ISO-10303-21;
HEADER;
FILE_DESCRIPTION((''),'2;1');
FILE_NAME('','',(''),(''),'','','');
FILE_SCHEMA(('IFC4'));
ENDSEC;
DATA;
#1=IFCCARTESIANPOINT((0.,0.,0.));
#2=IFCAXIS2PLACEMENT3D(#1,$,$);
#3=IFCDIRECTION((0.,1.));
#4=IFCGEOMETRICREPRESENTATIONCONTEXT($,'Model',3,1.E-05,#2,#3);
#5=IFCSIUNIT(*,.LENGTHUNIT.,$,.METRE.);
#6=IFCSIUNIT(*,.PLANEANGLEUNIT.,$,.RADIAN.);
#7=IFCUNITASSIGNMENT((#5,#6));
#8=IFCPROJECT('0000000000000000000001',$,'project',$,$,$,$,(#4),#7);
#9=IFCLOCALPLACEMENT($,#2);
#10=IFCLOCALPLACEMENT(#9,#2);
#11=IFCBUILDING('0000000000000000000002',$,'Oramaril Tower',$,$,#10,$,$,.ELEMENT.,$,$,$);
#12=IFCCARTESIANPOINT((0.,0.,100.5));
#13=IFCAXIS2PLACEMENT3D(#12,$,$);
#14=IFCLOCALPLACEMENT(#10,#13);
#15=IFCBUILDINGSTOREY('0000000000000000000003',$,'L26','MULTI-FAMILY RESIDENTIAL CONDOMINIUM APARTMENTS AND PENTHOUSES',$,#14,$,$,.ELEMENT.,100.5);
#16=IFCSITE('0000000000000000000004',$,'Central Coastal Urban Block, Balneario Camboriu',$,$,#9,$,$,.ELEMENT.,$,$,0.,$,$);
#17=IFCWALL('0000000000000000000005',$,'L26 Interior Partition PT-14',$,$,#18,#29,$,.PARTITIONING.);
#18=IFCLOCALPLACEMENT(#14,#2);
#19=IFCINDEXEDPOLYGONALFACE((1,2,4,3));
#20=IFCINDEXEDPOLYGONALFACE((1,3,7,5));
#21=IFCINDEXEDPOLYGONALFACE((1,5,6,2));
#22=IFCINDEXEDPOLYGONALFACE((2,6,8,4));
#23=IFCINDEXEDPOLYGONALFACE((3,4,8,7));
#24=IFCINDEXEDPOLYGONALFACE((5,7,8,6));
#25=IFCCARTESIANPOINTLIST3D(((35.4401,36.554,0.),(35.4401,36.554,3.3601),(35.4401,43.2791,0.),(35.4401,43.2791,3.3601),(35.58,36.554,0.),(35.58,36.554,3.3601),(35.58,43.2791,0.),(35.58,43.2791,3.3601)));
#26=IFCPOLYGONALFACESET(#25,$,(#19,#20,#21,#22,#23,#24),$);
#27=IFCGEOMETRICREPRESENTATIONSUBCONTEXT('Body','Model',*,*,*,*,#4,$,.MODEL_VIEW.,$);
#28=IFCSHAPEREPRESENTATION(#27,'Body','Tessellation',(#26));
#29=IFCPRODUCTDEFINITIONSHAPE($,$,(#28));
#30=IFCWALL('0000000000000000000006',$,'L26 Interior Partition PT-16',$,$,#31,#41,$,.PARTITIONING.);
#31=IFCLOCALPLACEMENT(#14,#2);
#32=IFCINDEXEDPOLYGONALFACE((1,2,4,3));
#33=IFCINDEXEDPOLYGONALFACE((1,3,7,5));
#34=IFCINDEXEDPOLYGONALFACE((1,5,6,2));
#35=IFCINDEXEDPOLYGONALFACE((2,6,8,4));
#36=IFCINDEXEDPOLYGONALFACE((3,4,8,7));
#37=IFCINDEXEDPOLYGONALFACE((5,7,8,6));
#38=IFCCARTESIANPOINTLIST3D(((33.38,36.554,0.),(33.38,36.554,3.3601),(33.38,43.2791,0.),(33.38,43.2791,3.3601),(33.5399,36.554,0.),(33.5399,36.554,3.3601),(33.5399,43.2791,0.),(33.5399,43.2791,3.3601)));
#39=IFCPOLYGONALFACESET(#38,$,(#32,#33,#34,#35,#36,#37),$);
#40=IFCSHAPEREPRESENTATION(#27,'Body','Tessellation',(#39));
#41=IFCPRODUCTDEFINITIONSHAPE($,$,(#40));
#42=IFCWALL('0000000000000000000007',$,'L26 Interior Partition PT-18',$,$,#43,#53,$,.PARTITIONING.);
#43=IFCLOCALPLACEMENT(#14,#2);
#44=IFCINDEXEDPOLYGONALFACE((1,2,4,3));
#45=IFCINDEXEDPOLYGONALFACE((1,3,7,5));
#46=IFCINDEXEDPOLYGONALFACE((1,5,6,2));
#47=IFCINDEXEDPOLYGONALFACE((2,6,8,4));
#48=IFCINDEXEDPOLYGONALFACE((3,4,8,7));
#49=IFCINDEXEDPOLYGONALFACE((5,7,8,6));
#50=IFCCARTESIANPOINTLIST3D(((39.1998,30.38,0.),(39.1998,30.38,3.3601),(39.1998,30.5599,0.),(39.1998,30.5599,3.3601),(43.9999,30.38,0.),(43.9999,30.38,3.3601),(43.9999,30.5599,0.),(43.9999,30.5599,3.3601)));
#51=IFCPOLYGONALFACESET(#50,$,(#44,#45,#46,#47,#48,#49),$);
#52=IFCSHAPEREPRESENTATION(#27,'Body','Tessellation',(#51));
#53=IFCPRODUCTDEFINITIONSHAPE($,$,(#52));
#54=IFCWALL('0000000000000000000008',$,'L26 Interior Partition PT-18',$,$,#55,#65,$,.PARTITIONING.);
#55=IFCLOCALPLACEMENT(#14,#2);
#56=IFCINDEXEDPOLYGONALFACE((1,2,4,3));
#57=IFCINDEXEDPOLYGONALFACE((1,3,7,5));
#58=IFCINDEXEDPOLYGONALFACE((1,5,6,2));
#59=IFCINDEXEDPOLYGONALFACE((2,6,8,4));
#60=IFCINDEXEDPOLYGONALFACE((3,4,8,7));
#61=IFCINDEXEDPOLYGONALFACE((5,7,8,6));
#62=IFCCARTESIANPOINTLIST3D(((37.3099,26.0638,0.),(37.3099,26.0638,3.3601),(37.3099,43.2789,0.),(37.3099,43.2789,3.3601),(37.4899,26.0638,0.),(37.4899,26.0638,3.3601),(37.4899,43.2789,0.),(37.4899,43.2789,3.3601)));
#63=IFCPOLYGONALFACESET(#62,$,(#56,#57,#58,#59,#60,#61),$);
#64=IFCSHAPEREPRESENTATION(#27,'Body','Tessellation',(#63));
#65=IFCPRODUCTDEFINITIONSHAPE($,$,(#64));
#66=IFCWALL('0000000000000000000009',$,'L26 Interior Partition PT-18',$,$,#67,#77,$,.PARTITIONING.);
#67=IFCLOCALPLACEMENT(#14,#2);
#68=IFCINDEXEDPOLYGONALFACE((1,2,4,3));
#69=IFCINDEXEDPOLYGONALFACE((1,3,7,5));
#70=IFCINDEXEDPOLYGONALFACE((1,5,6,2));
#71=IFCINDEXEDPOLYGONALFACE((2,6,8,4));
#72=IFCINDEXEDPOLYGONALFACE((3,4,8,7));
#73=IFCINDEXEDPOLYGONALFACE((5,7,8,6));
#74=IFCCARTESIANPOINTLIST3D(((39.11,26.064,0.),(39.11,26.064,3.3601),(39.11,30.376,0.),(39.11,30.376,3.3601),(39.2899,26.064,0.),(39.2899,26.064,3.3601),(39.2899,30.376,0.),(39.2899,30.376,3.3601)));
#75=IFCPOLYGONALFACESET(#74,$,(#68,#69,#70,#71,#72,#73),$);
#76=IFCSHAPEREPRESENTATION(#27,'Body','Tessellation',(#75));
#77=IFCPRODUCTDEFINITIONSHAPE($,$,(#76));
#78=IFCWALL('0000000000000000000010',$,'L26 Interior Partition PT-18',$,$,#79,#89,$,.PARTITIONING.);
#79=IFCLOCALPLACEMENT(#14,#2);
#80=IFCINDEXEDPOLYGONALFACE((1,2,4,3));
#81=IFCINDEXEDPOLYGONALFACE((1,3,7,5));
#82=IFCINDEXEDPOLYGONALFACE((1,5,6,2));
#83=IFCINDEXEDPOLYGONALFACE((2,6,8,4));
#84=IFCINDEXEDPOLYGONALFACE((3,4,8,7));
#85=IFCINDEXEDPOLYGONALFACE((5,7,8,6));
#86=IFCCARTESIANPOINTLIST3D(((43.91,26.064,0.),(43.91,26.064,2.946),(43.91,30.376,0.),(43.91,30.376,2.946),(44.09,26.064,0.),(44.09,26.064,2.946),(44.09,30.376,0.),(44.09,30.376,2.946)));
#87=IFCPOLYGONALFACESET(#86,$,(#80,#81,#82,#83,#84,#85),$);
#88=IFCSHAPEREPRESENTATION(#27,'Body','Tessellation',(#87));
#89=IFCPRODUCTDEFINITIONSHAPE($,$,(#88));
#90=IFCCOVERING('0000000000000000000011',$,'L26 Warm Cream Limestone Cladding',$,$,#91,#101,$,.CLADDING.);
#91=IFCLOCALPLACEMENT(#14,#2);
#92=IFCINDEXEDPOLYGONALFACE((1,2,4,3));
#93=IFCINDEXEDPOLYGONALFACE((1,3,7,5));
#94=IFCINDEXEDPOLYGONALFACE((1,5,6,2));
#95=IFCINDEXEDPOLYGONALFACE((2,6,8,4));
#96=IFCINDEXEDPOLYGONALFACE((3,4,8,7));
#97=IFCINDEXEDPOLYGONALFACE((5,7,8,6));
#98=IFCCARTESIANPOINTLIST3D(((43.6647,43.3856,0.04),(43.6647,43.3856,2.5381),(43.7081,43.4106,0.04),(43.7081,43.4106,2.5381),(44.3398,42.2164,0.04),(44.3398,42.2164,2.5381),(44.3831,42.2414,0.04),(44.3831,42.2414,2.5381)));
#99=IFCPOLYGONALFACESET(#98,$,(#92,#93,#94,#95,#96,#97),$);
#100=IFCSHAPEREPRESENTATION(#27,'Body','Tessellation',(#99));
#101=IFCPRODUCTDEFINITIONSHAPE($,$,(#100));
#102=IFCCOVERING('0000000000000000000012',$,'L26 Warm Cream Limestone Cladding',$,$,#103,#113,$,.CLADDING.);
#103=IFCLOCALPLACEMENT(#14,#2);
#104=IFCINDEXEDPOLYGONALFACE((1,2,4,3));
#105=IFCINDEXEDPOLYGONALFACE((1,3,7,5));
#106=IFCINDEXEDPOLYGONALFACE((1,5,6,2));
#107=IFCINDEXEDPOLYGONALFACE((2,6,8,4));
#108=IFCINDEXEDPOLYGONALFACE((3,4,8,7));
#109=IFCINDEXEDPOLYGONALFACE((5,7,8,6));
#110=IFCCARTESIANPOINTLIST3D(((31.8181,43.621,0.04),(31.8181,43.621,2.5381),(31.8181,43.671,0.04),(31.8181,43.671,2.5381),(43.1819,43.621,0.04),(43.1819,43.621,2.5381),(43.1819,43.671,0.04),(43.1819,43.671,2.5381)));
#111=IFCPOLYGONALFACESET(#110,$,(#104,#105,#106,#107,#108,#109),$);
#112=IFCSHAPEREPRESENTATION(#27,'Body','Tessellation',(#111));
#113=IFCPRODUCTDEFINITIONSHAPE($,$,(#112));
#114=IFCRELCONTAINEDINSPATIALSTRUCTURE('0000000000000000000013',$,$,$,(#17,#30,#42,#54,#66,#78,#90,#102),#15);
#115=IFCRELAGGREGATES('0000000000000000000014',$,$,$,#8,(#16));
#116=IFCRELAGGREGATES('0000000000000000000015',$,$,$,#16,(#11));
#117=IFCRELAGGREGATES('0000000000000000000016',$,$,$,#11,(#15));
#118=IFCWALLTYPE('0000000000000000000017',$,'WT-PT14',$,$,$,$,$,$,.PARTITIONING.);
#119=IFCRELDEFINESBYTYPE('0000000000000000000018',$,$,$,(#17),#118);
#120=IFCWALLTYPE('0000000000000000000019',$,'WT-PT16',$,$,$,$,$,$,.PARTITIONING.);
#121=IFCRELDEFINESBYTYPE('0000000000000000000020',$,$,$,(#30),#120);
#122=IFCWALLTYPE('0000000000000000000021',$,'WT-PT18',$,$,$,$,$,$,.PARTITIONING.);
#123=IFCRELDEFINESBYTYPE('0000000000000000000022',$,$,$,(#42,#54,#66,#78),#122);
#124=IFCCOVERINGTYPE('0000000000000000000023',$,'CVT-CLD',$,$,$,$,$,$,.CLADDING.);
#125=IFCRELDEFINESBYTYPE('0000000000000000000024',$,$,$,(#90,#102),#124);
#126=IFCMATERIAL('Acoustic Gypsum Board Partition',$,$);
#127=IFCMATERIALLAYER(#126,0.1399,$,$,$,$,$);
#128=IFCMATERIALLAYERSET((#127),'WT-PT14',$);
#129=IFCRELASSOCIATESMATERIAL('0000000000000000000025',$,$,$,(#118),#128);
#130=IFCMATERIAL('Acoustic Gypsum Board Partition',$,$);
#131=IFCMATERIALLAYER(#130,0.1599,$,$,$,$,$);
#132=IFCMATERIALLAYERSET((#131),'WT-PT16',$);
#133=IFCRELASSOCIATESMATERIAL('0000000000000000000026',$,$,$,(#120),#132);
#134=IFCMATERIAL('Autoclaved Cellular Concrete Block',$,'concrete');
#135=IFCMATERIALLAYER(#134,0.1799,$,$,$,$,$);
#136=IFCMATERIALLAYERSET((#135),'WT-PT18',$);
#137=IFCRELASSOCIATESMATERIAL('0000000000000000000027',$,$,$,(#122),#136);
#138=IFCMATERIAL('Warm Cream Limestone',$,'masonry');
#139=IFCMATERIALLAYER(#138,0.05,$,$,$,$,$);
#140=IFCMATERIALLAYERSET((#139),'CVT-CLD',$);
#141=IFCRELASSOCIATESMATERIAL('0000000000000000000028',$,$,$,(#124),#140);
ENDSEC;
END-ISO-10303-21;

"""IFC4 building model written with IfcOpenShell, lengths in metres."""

from ifc_helpers import new_model, si_unit, direction, frame, frame_2d, origin, origin_2d, place, context, subcontext, project, spatial, rectangle, extrude, material, layer, layer_set, type_object, element, save


model = new_model("IFC4")

# Units and contexts
model_context = context("Model", 3, precision=1e-05, world=origin(), true_north=direction((0.0, 1.0)))
body_context = subcontext(model_context, "Body", "Model", "MODEL_VIEW")
ifc_project = project(units=[si_unit("LENGTHUNIT", "METRE"), si_unit("PLANEANGLEUNIT", "RADIAN")], contexts=[model_context])

# Site, building, storey
site_placement = place(None, origin())
site = spatial("IfcSite", under=ifc_project, at=site_placement, Name="Central Coastal Urban Block, Balneario Camboriu", CompositionType="ELEMENT", RefElevation=0.0)
building_placement = place(site_placement, origin())
building = spatial("IfcBuilding", under=site, at=building_placement, Name="Oramaril Tower", CompositionType="ELEMENT")
storey_placement = place(building_placement, frame((0.0, 0.0, 100.5)))
storey = spatial("IfcBuildingStorey", under=building, at=storey_placement, Name="L26", Description="MULTI-FAMILY RESIDENTIAL CONDOMINIUM APARTMENTS AND PENTHOUSES", CompositionType="ELEMENT", Elevation=100.5)

# Walls
ifc_material_1 = material(Name="Acoustic Gypsum Board Partition")
ifc_layer_1 = layer(ifc_material_1, 0.1399)
ifc_layer_set_1 = layer_set([ifc_layer_1], Name="WT-PT14")
wall_type_1 = type_object("IfcWallType", Name="WT-PT14", PredefinedType="PARTITIONING", material=ifc_layer_set_1)
wall_1_placement = place(storey_placement, frame((35.51, 36.554, 0.0), z_axis=(0.0, 0.0, 1.0), x_axis=(0.0, 1.0, 0.0)))
element("IfcWall", 1, at=wall_1_placement, inside=storey, type_object=wall_type_1, Name="L26 Interior Partition PT-14", PredefinedType="PARTITIONING", context=body_context, shape_type="SweptSolid", body=[
    extrude(rectangle(XDim=6.7251, YDim=0.1399, at=frame_2d((3.3625, 0.0))), origin(), (0.0, 0.0, 1.0), 3.3601),
])
ifc_material_2 = material(Name="Acoustic Gypsum Board Partition")
ifc_layer_2 = layer(ifc_material_2, 0.1599)
ifc_layer_set_2 = layer_set([ifc_layer_2], Name="WT-PT16")
wall_type_2 = type_object("IfcWallType", Name="WT-PT16", PredefinedType="PARTITIONING", material=ifc_layer_set_2)
wall_2_placement = place(storey_placement, frame((33.46, 36.554, 0.0), z_axis=(0.0, 0.0, 1.0), x_axis=(0.0, 1.0, 0.0)))
element("IfcWall", 2, at=wall_2_placement, inside=storey, type_object=wall_type_2, Name="L26 Interior Partition PT-16", PredefinedType="PARTITIONING", context=body_context, shape_type="SweptSolid", body=[
    extrude(rectangle(XDim=6.7251, YDim=0.1599, at=frame_2d((3.3625, 0.0))), origin(), (0.0, 0.0, 1.0), 3.3601),
])

# Walls
ifc_material_3 = material(Name="Autoclaved Cellular Concrete Block", Category="concrete")
ifc_layer_3 = layer(ifc_material_3, 0.1799)
ifc_layer_set_3 = layer_set([ifc_layer_3], Name="WT-PT18")
wall_type_3 = type_object("IfcWallType", Name="WT-PT18", PredefinedType="PARTITIONING", material=ifc_layer_set_3)
wall_3_placement = place(storey_placement, frame((39.2, 30.47, 0.0), z_axis=(0.0, 0.0, 1.0), x_axis=(1.0, 0.0, 0.0)))
element("IfcWall", 3, at=wall_3_placement, inside=storey, type_object=wall_type_3, Name="L26 Interior Partition PT-18", PredefinedType="PARTITIONING", context=body_context, shape_type="SweptSolid", body=[
    extrude(rectangle(XDim=4.8, YDim=0.1799, at=frame_2d((2.3999, 0.0))), origin(), (0.0, 0.0, 1.0), 3.3601),
])
wall_4_placement = place(storey_placement, frame((37.3999, 26.064, 0.0), z_axis=(0.0, 0.0, 1.0), x_axis=(0.0, 1.0, 0.0)))
element("IfcWall", 4, at=wall_4_placement, inside=storey, type_object=wall_type_3, Name="L26 Interior Partition PT-18", PredefinedType="PARTITIONING", context=body_context, shape_type="SweptSolid", body=[
    extrude(rectangle(XDim=17.2151, YDim=0.1799, at=frame_2d((8.6074, 0.0))), origin(), (0.0, 0.0, 1.0), 3.3601),
])
wall_5_placement = place(storey_placement, frame((39.2, 26.064, 0.0), z_axis=(0.0, 0.0, 1.0), x_axis=(0.0, 1.0, 0.0)))
element("IfcWall", 5, at=wall_5_placement, inside=storey, type_object=wall_type_3, Name="L26 Interior Partition PT-18", PredefinedType="PARTITIONING", context=body_context, shape_type="SweptSolid", body=[
    extrude(rectangle(XDim=4.312, YDim=0.1799, at=frame_2d((2.156, 0.0))), origin(), (0.0, 0.0, 1.0), 3.3601),
])
wall_6_placement = place(storey_placement, frame((44.0, 26.064, 0.0), z_axis=(0.0, 0.0, 1.0), x_axis=(0.0, 1.0, 0.0)))
element("IfcWall", 6, at=wall_6_placement, inside=storey, type_object=wall_type_3, Name="L26 Interior Partition PT-18", PredefinedType="PARTITIONING", context=body_context, shape_type="SweptSolid", body=[
    extrude(rectangle(XDim=4.312, YDim=0.1799, at=frame_2d((2.156, 0.0))), origin(), (0.0, 0.0, 1.0), 2.946),
])

# Coverings
ifc_material_4 = material(Name="Warm Cream Limestone", Category="masonry")
ifc_layer_4 = layer(ifc_material_4, 0.05)
ifc_layer_set_4 = layer_set([ifc_layer_4], Name="CVT-CLD")
covering_type = type_object("IfcCoveringType", Name="CVT-CLD", PredefinedType="CLADDING", material=ifc_layer_set_4)
covering_1_placement = place(storey_placement, frame((44.0239, 42.8135, 0.04), z_axis=(0.0, 0.0, 1.0), x_axis=(-0.5, 0.866025, 0.0)))
element("IfcCovering", 7, at=covering_1_placement, inside=storey, type_object=covering_type, Name="L26 Warm Cream Limestone Cladding", PredefinedType="CLADDING", context=body_context, shape_type="SweptSolid", body=[
    extrude(rectangle(XDim=1.3501, YDim=0.05, at=origin_2d()), origin(), (0.0, 0.0, 1.0), 2.498),
])
covering_2_placement = place(storey_placement, frame((37.5, 43.646, 0.04), z_axis=(0.0, 0.0, 1.0), x_axis=(-1.0, 0.0, 0.0)))
element("IfcCovering", 8, at=covering_2_placement, inside=storey, type_object=covering_type, Name="L26 Warm Cream Limestone Cladding", PredefinedType="CLADDING", context=body_context, shape_type="SweptSolid", body=[
    extrude(rectangle(XDim=11.3638, YDim=0.05, at=origin_2d()), origin(), (0.0, 0.0, 1.0), 2.498),
])

save(model, "model.ifc")
